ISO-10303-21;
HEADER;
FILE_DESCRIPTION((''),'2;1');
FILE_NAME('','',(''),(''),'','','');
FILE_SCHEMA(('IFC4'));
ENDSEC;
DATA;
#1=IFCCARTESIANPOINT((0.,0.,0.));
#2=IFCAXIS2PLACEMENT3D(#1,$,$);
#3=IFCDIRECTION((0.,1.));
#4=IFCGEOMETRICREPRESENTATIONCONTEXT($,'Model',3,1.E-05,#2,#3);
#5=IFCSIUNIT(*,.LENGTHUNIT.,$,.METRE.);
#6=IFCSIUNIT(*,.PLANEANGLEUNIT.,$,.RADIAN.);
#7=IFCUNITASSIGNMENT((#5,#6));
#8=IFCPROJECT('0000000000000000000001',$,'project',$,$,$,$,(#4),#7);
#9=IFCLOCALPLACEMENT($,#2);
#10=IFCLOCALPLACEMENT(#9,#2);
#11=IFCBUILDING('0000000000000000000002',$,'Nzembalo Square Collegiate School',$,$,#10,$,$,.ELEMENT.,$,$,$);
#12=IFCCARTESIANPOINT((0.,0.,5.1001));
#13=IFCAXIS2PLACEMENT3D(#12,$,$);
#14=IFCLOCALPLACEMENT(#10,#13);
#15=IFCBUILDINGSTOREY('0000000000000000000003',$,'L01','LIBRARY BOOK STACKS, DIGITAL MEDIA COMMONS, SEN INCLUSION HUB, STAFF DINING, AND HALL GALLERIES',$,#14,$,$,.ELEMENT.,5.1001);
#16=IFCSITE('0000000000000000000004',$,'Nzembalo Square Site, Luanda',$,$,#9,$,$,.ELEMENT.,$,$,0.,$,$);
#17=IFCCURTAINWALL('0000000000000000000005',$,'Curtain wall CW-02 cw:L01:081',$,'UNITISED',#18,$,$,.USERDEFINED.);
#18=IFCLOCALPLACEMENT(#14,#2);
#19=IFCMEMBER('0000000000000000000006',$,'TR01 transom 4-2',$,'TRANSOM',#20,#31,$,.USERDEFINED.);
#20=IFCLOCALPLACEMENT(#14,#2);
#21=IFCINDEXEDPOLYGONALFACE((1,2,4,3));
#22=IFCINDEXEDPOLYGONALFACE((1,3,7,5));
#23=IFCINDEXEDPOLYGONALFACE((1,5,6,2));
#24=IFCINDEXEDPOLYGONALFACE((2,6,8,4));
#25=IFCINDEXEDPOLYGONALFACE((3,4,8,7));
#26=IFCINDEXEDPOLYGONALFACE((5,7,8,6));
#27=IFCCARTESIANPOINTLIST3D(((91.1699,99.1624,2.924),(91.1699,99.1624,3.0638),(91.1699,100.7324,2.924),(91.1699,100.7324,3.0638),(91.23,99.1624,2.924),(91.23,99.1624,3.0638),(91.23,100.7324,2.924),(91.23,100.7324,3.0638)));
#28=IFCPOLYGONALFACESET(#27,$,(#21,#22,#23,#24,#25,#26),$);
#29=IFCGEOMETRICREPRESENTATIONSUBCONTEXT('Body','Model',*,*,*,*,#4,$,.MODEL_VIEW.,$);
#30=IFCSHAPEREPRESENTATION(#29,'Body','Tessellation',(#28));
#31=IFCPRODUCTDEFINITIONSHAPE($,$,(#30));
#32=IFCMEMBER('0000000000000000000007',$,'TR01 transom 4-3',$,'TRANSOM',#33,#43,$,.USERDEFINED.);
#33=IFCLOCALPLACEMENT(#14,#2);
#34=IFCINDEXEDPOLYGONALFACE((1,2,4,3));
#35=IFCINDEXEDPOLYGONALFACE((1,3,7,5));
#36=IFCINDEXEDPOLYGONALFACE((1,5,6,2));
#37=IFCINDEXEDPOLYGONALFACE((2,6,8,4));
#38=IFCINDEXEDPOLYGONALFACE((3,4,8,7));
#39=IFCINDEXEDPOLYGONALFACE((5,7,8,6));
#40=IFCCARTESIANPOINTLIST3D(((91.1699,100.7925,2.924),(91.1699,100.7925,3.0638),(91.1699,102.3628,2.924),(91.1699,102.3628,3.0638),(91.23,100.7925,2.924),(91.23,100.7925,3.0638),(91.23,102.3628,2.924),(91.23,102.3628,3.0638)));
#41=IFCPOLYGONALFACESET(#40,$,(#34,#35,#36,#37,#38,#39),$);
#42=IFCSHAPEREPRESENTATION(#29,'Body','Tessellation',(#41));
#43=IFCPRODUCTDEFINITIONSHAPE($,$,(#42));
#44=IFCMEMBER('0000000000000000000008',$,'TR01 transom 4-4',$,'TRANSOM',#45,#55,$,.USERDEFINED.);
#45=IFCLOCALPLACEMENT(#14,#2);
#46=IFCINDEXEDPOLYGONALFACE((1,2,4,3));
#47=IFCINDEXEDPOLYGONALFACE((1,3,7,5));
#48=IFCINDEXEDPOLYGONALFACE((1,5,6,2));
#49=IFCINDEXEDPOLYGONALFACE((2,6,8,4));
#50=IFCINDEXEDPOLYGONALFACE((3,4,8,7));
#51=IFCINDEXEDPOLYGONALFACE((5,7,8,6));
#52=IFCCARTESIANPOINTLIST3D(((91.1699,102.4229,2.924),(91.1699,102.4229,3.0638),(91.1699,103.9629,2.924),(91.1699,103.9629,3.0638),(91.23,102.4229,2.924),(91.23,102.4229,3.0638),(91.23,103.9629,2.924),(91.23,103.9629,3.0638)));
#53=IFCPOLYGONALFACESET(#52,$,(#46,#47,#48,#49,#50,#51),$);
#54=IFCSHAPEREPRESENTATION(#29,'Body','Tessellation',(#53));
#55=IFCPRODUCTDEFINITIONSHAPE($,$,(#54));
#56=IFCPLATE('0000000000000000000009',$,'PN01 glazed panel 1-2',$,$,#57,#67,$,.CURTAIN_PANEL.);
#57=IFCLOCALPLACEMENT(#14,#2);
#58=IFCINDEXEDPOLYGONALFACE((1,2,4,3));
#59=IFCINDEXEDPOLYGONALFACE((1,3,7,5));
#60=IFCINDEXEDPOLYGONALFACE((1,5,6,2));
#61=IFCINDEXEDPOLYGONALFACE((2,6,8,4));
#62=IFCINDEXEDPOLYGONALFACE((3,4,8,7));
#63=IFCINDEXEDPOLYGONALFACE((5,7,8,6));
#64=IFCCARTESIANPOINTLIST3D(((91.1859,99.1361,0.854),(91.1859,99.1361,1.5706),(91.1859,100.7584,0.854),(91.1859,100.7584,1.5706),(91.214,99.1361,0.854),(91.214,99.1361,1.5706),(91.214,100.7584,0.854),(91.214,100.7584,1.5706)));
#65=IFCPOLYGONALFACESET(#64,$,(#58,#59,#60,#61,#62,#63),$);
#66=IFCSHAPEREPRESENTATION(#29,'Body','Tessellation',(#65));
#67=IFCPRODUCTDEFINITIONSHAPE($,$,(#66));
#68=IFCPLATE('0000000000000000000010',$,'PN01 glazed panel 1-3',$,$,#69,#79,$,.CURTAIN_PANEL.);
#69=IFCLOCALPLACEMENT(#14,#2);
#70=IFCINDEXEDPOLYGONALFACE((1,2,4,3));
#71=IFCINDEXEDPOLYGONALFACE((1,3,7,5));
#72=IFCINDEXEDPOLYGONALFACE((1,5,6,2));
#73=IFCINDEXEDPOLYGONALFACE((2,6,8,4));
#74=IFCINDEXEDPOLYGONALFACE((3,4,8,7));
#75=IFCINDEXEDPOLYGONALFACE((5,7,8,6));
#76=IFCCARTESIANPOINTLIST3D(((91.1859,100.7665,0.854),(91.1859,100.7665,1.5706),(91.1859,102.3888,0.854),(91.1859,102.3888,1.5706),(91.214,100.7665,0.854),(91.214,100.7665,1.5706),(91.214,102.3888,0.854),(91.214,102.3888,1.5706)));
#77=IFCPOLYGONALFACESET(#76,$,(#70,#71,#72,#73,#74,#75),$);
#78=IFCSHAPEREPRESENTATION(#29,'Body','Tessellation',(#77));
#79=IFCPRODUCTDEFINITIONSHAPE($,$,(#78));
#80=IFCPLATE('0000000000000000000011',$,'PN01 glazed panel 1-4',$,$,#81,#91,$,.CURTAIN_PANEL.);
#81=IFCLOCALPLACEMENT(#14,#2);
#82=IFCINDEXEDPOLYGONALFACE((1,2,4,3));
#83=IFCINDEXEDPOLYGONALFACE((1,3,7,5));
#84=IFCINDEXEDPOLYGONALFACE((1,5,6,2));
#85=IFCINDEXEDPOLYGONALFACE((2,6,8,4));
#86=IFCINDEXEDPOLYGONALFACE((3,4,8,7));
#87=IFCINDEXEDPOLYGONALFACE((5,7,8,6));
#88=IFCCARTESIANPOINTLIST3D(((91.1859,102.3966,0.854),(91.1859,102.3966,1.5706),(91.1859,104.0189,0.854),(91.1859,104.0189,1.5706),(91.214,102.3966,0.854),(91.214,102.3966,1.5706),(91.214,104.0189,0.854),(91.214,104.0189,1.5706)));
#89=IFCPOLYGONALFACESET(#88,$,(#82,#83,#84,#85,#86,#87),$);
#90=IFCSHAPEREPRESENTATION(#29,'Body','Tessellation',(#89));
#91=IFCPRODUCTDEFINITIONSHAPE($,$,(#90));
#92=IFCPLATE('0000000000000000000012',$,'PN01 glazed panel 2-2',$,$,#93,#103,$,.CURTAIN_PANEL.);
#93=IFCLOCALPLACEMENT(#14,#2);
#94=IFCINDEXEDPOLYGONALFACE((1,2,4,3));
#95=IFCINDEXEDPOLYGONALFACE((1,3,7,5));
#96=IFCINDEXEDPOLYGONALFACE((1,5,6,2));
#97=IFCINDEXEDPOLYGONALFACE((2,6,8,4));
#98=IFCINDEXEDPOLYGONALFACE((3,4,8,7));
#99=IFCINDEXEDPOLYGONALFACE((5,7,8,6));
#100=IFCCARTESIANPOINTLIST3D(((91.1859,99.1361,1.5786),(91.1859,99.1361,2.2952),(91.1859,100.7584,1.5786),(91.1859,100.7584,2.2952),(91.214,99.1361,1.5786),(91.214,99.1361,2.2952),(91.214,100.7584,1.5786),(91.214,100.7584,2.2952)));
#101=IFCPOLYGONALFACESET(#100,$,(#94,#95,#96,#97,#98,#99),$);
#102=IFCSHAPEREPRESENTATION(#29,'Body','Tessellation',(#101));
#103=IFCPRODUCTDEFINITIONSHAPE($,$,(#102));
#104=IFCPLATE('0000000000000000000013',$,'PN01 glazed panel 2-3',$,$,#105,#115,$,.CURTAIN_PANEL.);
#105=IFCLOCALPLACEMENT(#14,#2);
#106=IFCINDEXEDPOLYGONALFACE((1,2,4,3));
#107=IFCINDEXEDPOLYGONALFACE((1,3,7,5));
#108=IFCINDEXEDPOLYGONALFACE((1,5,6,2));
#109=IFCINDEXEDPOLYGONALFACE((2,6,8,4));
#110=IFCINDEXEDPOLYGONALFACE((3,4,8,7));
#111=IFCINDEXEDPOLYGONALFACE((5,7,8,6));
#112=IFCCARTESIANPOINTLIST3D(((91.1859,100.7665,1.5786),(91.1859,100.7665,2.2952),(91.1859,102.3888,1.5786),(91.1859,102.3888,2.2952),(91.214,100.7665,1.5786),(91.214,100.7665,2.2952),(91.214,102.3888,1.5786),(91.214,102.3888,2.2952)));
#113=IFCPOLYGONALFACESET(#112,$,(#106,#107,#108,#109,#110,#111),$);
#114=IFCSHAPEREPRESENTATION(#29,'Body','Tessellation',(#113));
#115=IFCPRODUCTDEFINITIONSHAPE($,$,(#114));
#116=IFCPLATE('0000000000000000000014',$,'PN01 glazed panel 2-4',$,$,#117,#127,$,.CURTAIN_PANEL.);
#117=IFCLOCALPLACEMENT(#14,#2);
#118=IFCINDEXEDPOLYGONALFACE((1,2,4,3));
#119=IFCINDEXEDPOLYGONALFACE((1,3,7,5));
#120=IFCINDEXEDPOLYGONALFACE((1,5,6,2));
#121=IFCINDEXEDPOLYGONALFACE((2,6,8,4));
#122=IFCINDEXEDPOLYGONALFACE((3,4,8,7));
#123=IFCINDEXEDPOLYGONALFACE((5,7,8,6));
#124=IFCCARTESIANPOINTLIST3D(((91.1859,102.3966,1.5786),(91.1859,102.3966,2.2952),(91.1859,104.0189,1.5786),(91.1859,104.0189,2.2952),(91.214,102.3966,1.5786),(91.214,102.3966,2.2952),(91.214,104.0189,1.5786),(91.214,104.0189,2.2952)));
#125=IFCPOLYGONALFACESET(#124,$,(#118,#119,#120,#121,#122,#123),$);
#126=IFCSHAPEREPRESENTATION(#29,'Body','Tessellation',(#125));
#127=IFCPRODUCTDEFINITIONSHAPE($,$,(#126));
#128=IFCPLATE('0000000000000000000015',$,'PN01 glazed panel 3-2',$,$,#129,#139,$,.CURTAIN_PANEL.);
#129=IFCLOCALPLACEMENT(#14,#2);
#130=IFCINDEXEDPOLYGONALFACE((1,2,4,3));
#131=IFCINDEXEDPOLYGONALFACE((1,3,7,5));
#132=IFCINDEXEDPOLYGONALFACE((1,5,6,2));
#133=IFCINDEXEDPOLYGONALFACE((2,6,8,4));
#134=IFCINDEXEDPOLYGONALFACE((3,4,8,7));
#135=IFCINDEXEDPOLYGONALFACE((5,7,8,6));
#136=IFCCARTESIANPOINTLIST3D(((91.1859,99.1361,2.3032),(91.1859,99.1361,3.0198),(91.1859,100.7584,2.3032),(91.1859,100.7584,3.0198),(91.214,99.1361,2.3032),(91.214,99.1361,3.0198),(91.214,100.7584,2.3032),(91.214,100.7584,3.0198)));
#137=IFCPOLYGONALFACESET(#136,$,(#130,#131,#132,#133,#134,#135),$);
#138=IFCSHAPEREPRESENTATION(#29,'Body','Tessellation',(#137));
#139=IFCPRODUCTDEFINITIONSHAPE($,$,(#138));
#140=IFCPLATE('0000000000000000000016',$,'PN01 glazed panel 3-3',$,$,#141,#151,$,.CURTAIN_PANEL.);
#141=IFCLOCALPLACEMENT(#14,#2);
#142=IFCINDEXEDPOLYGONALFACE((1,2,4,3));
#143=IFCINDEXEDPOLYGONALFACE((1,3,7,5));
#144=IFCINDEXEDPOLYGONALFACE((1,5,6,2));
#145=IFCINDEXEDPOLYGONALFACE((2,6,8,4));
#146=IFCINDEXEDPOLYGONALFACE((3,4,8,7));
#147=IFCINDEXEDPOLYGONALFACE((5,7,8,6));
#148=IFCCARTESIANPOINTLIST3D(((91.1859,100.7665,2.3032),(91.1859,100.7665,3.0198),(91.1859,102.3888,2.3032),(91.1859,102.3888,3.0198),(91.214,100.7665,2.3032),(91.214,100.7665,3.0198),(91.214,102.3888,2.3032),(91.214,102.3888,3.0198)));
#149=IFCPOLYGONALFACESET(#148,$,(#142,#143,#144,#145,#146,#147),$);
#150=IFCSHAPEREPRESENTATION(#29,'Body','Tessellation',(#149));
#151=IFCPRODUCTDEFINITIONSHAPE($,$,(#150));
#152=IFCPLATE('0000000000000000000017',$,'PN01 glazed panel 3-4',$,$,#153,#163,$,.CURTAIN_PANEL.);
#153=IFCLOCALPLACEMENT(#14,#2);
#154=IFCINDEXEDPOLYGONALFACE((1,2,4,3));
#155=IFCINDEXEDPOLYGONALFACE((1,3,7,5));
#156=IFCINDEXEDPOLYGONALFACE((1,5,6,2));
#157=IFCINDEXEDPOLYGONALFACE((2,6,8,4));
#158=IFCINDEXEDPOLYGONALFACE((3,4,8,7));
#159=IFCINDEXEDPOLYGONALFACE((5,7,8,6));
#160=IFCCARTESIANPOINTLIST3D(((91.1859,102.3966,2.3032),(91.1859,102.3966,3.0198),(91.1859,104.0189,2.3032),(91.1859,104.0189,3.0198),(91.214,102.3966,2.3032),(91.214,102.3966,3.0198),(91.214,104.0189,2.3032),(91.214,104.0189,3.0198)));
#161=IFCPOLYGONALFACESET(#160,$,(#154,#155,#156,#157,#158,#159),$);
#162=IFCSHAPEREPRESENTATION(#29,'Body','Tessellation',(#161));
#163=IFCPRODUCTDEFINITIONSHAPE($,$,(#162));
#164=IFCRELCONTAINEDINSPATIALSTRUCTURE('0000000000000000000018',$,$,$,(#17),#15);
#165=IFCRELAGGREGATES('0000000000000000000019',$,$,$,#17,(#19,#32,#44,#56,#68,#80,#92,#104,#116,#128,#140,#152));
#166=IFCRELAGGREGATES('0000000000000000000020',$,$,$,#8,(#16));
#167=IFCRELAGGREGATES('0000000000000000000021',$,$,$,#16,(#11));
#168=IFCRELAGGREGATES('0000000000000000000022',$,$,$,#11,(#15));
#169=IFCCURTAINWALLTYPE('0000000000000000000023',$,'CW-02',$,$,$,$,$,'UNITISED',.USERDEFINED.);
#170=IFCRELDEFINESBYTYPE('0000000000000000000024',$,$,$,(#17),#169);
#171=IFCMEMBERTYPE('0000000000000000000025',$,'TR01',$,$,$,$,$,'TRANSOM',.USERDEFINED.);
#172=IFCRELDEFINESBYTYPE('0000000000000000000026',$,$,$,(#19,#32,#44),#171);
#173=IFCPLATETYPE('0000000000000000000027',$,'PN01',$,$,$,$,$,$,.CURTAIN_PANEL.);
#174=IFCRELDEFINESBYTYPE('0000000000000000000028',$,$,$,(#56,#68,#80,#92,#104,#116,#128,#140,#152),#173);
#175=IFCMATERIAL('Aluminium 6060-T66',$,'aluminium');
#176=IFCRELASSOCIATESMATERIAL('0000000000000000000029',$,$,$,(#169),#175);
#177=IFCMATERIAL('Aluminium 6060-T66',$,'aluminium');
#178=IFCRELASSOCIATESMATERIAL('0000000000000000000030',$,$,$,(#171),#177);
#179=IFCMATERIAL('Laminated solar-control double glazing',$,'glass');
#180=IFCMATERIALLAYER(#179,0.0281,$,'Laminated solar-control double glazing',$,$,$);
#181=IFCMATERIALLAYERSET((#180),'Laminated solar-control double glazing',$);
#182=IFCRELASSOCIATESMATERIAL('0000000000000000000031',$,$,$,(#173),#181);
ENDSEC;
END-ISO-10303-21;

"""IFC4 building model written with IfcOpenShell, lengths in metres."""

from ifc_helpers import new_model, si_unit, direction, frame, origin, origin_2d, place, context, subcontext, project, spatial, rectangle, extrude, material, layer, layer_set, material_profile, profile_set, type_object, element, aggregate, save


model = new_model("IFC4")

# Units and contexts
model_context = context("Model", 3, precision=1e-05, world=origin(), true_north=direction((0.0, 1.0)))
body_context = subcontext(model_context, "Body", "Model", "MODEL_VIEW")
ifc_project = project(units=[si_unit("LENGTHUNIT", "METRE"), si_unit("PLANEANGLEUNIT", "RADIAN")], contexts=[model_context])

# Site, building, storey
site_placement = place(None, origin())
site = spatial("IfcSite", under=ifc_project, at=site_placement, Name="Nzembalo Square Site, Luanda", CompositionType="ELEMENT", RefElevation=0.0)
building_placement = place(site_placement, origin())
building = spatial("IfcBuilding", under=site, at=building_placement, Name="Nzembalo Square Collegiate School", CompositionType="ELEMENT")
storey_placement = place(building_placement, frame((0.0, 0.0, 5.1001)))
storey = spatial("IfcBuildingStorey", under=building, at=storey_placement, Name="L01", Description="LIBRARY BOOK STACKS, DIGITAL MEDIA COMMONS, SEN INCLUSION HUB, STAFF DINING, AND HALL GALLERIES", CompositionType="ELEMENT", Elevation=5.1001)

# Curtain wall, members, plates
ifc_material_1 = material(Name="Aluminium 6060-T66", Category="aluminium")
curtain_wall_type = type_object("IfcCurtainWallType", Name="CW-02", ElementType="UNITISED", PredefinedType="USERDEFINED", material=ifc_material_1)
curtain_wall_placement = place(storey_placement, origin())
curtain_wall = element("IfcCurtainWall", 1, at=curtain_wall_placement, inside=storey, type_object=curtain_wall_type, Name="Curtain wall CW-02 cw:L01:081", ObjectType="UNITISED", PredefinedType="USERDEFINED")
ifc_material_2 = material(Name="Aluminium 6060-T66", Category="aluminium")
ifc_material_profile_1 = material_profile(ifc_material_2, rectangle(XDim=0.0601, YDim=0.1399, at=origin_2d()), Name="ALU T60x140")
ifc_profile_set_1 = profile_set([ifc_material_profile_1], Name="Aluminium 6060-T66")
member_type_1 = type_object("IfcMemberType", Name="TR01", ElementType="TRANSOM", PredefinedType="USERDEFINED", material=ifc_profile_set_1)
member_1_placement = place(storey_placement, frame((91.2, 99.1624, 2.9939), z_axis=(0.0, 1.0, 0.0), x_axis=(-1.0, 0.0, 0.0)))
member_1 = element("IfcMember", 2, at=member_1_placement, type_object=member_type_1, Name="TR01 transom 4-2", ObjectType="TRANSOM", PredefinedType="USERDEFINED", context=body_context, shape_type="SweptSolid", body=[
    extrude(rectangle(XDim=0.0601, YDim=0.1399, at=origin_2d()), origin(), (0.0, 0.0, 1.0), 1.5701),
])
member_2_placement = place(storey_placement, frame((91.2, 100.7925, 2.9939), z_axis=(0.0, 1.0, 0.0), x_axis=(-1.0, 0.0, 0.0)))
member_2 = element("IfcMember", 3, at=member_2_placement, type_object=member_type_1, Name="TR01 transom 4-3", ObjectType="TRANSOM", PredefinedType="USERDEFINED", context=body_context, shape_type="SweptSolid", body=[
    extrude(rectangle(XDim=0.0601, YDim=0.1399, at=origin_2d()), origin(), (0.0, 0.0, 1.0), 1.5703),
])
member_3_placement = place(storey_placement, frame((91.2, 102.4229, 2.9939), z_axis=(0.0, 1.0, 0.0), x_axis=(-1.0, 0.0, 0.0)))
member_3 = element("IfcMember", 4, at=member_3_placement, type_object=member_type_1, Name="TR01 transom 4-4", ObjectType="TRANSOM", PredefinedType="USERDEFINED", context=body_context, shape_type="SweptSolid", body=[
    extrude(rectangle(XDim=0.0601, YDim=0.1399, at=origin_2d()), origin(), (0.0, 0.0, 1.0), 1.54),
])
ifc_material_3 = material(Name="Laminated solar-control double glazing", Category="glass")
ifc_layer = layer(ifc_material_3, 0.0281, Name="Laminated solar-control double glazing")
ifc_layer_set = layer_set([ifc_layer], Name="Laminated solar-control double glazing")
plate_type = type_object("IfcPlateType", Name="PN01", PredefinedType="CURTAIN_PANEL", material=ifc_layer_set)
plate_1_placement = place(storey_placement, frame((91.2, 99.9473, 0.854), z_axis=(0.0, 0.0, 1.0), x_axis=(0.0, 1.0, 0.0)))
plate_1 = element("IfcPlate", 5, at=plate_1_placement, type_object=plate_type, Name="PN01 glazed panel 1-2", PredefinedType="CURTAIN_PANEL", context=body_context, shape_type="SweptSolid", body=[
    extrude(rectangle(XDim=1.6223, YDim=0.0281, at=origin_2d()), origin(), (0.0, 0.0, 1.0), 0.7166),
])
plate_2_placement = place(storey_placement, frame((91.2, 101.5776, 0.854), z_axis=(0.0, 0.0, 1.0), x_axis=(0.0, 1.0, 0.0)))
plate_2 = element("IfcPlate", 6, at=plate_2_placement, type_object=plate_type, Name="PN01 glazed panel 1-3", PredefinedType="CURTAIN_PANEL", context=body_context, shape_type="SweptSolid", body=[
    extrude(rectangle(XDim=1.6223, YDim=0.0281, at=origin_2d()), origin(), (0.0, 0.0, 1.0), 0.7166),
])
plate_3_placement = place(storey_placement, frame((91.2, 103.2078, 0.854), z_axis=(0.0, 0.0, 1.0), x_axis=(0.0, 1.0, 0.0)))
plate_3 = element("IfcPlate", 7, at=plate_3_placement, type_object=plate_type, Name="PN01 glazed panel 1-4", PredefinedType="CURTAIN_PANEL", context=body_context, shape_type="SweptSolid", body=[
    extrude(rectangle(XDim=1.6223, YDim=0.0281, at=origin_2d()), origin(), (0.0, 0.0, 1.0), 0.7166),
])
plate_4_placement = place(storey_placement, frame((91.2, 99.9473, 1.5786), z_axis=(0.0, 0.0, 1.0), x_axis=(0.0, 1.0, 0.0)))
plate_4 = element("IfcPlate", 8, at=plate_4_placement, type_object=plate_type, Name="PN01 glazed panel 2-2", PredefinedType="CURTAIN_PANEL", context=body_context, shape_type="SweptSolid", body=[
    extrude(rectangle(XDim=1.6223, YDim=0.0281, at=origin_2d()), origin(), (0.0, 0.0, 1.0), 0.7166),
])
plate_5_placement = place(storey_placement, frame((91.2, 101.5776, 1.5786), z_axis=(0.0, 0.0, 1.0), x_axis=(0.0, 1.0, 0.0)))
plate_5 = element("IfcPlate", 9, at=plate_5_placement, type_object=plate_type, Name="PN01 glazed panel 2-3", PredefinedType="CURTAIN_PANEL", context=body_context, shape_type="SweptSolid", body=[
    extrude(rectangle(XDim=1.6223, YDim=0.0281, at=origin_2d()), origin(), (0.0, 0.0, 1.0), 0.7166),
])
plate_6_placement = place(storey_placement, frame((91.2, 103.2078, 1.5786), z_axis=(0.0, 0.0, 1.0), x_axis=(0.0, 1.0, 0.0)))
plate_6 = element("IfcPlate", 10, at=plate_6_placement, type_object=plate_type, Name="PN01 glazed panel 2-4", PredefinedType="CURTAIN_PANEL", context=body_context, shape_type="SweptSolid", body=[
    extrude(rectangle(XDim=1.6223, YDim=0.0281, at=origin_2d()), origin(), (0.0, 0.0, 1.0), 0.7166),
])
plate_7_placement = place(storey_placement, frame((91.2, 99.9473, 2.3032), z_axis=(0.0, 0.0, 1.0), x_axis=(0.0, 1.0, 0.0)))
plate_7 = element("IfcPlate", 11, at=plate_7_placement, type_object=plate_type, Name="PN01 glazed panel 3-2", PredefinedType="CURTAIN_PANEL", context=body_context, shape_type="SweptSolid", body=[
    extrude(rectangle(XDim=1.6223, YDim=0.0281, at=origin_2d()), origin(), (0.0, 0.0, 1.0), 0.7166),
])
plate_8_placement = place(storey_placement, frame((91.2, 101.5776, 2.3032), z_axis=(0.0, 0.0, 1.0), x_axis=(0.0, 1.0, 0.0)))
plate_8 = element("IfcPlate", 12, at=plate_8_placement, type_object=plate_type, Name="PN01 glazed panel 3-3", PredefinedType="CURTAIN_PANEL", context=body_context, shape_type="SweptSolid", body=[
    extrude(rectangle(XDim=1.6223, YDim=0.0281, at=origin_2d()), origin(), (0.0, 0.0, 1.0), 0.7166),
])
plate_9_placement = place(storey_placement, frame((91.2, 103.2078, 2.3032), z_axis=(0.0, 0.0, 1.0), x_axis=(0.0, 1.0, 0.0)))
plate_9 = element("IfcPlate", 13, at=plate_9_placement, type_object=plate_type, Name="PN01 glazed panel 3-4", PredefinedType="CURTAIN_PANEL", context=body_context, shape_type="SweptSolid", body=[
    extrude(rectangle(XDim=1.6223, YDim=0.0281, at=origin_2d()), origin(), (0.0, 0.0, 1.0), 0.7166),
])
aggregate(curtain_wall, [member_1, member_2, member_3, plate_1, plate_2, plate_3, plate_4, plate_5, plate_6, plate_7, plate_8, plate_9])

save(model, "model.ifc")
